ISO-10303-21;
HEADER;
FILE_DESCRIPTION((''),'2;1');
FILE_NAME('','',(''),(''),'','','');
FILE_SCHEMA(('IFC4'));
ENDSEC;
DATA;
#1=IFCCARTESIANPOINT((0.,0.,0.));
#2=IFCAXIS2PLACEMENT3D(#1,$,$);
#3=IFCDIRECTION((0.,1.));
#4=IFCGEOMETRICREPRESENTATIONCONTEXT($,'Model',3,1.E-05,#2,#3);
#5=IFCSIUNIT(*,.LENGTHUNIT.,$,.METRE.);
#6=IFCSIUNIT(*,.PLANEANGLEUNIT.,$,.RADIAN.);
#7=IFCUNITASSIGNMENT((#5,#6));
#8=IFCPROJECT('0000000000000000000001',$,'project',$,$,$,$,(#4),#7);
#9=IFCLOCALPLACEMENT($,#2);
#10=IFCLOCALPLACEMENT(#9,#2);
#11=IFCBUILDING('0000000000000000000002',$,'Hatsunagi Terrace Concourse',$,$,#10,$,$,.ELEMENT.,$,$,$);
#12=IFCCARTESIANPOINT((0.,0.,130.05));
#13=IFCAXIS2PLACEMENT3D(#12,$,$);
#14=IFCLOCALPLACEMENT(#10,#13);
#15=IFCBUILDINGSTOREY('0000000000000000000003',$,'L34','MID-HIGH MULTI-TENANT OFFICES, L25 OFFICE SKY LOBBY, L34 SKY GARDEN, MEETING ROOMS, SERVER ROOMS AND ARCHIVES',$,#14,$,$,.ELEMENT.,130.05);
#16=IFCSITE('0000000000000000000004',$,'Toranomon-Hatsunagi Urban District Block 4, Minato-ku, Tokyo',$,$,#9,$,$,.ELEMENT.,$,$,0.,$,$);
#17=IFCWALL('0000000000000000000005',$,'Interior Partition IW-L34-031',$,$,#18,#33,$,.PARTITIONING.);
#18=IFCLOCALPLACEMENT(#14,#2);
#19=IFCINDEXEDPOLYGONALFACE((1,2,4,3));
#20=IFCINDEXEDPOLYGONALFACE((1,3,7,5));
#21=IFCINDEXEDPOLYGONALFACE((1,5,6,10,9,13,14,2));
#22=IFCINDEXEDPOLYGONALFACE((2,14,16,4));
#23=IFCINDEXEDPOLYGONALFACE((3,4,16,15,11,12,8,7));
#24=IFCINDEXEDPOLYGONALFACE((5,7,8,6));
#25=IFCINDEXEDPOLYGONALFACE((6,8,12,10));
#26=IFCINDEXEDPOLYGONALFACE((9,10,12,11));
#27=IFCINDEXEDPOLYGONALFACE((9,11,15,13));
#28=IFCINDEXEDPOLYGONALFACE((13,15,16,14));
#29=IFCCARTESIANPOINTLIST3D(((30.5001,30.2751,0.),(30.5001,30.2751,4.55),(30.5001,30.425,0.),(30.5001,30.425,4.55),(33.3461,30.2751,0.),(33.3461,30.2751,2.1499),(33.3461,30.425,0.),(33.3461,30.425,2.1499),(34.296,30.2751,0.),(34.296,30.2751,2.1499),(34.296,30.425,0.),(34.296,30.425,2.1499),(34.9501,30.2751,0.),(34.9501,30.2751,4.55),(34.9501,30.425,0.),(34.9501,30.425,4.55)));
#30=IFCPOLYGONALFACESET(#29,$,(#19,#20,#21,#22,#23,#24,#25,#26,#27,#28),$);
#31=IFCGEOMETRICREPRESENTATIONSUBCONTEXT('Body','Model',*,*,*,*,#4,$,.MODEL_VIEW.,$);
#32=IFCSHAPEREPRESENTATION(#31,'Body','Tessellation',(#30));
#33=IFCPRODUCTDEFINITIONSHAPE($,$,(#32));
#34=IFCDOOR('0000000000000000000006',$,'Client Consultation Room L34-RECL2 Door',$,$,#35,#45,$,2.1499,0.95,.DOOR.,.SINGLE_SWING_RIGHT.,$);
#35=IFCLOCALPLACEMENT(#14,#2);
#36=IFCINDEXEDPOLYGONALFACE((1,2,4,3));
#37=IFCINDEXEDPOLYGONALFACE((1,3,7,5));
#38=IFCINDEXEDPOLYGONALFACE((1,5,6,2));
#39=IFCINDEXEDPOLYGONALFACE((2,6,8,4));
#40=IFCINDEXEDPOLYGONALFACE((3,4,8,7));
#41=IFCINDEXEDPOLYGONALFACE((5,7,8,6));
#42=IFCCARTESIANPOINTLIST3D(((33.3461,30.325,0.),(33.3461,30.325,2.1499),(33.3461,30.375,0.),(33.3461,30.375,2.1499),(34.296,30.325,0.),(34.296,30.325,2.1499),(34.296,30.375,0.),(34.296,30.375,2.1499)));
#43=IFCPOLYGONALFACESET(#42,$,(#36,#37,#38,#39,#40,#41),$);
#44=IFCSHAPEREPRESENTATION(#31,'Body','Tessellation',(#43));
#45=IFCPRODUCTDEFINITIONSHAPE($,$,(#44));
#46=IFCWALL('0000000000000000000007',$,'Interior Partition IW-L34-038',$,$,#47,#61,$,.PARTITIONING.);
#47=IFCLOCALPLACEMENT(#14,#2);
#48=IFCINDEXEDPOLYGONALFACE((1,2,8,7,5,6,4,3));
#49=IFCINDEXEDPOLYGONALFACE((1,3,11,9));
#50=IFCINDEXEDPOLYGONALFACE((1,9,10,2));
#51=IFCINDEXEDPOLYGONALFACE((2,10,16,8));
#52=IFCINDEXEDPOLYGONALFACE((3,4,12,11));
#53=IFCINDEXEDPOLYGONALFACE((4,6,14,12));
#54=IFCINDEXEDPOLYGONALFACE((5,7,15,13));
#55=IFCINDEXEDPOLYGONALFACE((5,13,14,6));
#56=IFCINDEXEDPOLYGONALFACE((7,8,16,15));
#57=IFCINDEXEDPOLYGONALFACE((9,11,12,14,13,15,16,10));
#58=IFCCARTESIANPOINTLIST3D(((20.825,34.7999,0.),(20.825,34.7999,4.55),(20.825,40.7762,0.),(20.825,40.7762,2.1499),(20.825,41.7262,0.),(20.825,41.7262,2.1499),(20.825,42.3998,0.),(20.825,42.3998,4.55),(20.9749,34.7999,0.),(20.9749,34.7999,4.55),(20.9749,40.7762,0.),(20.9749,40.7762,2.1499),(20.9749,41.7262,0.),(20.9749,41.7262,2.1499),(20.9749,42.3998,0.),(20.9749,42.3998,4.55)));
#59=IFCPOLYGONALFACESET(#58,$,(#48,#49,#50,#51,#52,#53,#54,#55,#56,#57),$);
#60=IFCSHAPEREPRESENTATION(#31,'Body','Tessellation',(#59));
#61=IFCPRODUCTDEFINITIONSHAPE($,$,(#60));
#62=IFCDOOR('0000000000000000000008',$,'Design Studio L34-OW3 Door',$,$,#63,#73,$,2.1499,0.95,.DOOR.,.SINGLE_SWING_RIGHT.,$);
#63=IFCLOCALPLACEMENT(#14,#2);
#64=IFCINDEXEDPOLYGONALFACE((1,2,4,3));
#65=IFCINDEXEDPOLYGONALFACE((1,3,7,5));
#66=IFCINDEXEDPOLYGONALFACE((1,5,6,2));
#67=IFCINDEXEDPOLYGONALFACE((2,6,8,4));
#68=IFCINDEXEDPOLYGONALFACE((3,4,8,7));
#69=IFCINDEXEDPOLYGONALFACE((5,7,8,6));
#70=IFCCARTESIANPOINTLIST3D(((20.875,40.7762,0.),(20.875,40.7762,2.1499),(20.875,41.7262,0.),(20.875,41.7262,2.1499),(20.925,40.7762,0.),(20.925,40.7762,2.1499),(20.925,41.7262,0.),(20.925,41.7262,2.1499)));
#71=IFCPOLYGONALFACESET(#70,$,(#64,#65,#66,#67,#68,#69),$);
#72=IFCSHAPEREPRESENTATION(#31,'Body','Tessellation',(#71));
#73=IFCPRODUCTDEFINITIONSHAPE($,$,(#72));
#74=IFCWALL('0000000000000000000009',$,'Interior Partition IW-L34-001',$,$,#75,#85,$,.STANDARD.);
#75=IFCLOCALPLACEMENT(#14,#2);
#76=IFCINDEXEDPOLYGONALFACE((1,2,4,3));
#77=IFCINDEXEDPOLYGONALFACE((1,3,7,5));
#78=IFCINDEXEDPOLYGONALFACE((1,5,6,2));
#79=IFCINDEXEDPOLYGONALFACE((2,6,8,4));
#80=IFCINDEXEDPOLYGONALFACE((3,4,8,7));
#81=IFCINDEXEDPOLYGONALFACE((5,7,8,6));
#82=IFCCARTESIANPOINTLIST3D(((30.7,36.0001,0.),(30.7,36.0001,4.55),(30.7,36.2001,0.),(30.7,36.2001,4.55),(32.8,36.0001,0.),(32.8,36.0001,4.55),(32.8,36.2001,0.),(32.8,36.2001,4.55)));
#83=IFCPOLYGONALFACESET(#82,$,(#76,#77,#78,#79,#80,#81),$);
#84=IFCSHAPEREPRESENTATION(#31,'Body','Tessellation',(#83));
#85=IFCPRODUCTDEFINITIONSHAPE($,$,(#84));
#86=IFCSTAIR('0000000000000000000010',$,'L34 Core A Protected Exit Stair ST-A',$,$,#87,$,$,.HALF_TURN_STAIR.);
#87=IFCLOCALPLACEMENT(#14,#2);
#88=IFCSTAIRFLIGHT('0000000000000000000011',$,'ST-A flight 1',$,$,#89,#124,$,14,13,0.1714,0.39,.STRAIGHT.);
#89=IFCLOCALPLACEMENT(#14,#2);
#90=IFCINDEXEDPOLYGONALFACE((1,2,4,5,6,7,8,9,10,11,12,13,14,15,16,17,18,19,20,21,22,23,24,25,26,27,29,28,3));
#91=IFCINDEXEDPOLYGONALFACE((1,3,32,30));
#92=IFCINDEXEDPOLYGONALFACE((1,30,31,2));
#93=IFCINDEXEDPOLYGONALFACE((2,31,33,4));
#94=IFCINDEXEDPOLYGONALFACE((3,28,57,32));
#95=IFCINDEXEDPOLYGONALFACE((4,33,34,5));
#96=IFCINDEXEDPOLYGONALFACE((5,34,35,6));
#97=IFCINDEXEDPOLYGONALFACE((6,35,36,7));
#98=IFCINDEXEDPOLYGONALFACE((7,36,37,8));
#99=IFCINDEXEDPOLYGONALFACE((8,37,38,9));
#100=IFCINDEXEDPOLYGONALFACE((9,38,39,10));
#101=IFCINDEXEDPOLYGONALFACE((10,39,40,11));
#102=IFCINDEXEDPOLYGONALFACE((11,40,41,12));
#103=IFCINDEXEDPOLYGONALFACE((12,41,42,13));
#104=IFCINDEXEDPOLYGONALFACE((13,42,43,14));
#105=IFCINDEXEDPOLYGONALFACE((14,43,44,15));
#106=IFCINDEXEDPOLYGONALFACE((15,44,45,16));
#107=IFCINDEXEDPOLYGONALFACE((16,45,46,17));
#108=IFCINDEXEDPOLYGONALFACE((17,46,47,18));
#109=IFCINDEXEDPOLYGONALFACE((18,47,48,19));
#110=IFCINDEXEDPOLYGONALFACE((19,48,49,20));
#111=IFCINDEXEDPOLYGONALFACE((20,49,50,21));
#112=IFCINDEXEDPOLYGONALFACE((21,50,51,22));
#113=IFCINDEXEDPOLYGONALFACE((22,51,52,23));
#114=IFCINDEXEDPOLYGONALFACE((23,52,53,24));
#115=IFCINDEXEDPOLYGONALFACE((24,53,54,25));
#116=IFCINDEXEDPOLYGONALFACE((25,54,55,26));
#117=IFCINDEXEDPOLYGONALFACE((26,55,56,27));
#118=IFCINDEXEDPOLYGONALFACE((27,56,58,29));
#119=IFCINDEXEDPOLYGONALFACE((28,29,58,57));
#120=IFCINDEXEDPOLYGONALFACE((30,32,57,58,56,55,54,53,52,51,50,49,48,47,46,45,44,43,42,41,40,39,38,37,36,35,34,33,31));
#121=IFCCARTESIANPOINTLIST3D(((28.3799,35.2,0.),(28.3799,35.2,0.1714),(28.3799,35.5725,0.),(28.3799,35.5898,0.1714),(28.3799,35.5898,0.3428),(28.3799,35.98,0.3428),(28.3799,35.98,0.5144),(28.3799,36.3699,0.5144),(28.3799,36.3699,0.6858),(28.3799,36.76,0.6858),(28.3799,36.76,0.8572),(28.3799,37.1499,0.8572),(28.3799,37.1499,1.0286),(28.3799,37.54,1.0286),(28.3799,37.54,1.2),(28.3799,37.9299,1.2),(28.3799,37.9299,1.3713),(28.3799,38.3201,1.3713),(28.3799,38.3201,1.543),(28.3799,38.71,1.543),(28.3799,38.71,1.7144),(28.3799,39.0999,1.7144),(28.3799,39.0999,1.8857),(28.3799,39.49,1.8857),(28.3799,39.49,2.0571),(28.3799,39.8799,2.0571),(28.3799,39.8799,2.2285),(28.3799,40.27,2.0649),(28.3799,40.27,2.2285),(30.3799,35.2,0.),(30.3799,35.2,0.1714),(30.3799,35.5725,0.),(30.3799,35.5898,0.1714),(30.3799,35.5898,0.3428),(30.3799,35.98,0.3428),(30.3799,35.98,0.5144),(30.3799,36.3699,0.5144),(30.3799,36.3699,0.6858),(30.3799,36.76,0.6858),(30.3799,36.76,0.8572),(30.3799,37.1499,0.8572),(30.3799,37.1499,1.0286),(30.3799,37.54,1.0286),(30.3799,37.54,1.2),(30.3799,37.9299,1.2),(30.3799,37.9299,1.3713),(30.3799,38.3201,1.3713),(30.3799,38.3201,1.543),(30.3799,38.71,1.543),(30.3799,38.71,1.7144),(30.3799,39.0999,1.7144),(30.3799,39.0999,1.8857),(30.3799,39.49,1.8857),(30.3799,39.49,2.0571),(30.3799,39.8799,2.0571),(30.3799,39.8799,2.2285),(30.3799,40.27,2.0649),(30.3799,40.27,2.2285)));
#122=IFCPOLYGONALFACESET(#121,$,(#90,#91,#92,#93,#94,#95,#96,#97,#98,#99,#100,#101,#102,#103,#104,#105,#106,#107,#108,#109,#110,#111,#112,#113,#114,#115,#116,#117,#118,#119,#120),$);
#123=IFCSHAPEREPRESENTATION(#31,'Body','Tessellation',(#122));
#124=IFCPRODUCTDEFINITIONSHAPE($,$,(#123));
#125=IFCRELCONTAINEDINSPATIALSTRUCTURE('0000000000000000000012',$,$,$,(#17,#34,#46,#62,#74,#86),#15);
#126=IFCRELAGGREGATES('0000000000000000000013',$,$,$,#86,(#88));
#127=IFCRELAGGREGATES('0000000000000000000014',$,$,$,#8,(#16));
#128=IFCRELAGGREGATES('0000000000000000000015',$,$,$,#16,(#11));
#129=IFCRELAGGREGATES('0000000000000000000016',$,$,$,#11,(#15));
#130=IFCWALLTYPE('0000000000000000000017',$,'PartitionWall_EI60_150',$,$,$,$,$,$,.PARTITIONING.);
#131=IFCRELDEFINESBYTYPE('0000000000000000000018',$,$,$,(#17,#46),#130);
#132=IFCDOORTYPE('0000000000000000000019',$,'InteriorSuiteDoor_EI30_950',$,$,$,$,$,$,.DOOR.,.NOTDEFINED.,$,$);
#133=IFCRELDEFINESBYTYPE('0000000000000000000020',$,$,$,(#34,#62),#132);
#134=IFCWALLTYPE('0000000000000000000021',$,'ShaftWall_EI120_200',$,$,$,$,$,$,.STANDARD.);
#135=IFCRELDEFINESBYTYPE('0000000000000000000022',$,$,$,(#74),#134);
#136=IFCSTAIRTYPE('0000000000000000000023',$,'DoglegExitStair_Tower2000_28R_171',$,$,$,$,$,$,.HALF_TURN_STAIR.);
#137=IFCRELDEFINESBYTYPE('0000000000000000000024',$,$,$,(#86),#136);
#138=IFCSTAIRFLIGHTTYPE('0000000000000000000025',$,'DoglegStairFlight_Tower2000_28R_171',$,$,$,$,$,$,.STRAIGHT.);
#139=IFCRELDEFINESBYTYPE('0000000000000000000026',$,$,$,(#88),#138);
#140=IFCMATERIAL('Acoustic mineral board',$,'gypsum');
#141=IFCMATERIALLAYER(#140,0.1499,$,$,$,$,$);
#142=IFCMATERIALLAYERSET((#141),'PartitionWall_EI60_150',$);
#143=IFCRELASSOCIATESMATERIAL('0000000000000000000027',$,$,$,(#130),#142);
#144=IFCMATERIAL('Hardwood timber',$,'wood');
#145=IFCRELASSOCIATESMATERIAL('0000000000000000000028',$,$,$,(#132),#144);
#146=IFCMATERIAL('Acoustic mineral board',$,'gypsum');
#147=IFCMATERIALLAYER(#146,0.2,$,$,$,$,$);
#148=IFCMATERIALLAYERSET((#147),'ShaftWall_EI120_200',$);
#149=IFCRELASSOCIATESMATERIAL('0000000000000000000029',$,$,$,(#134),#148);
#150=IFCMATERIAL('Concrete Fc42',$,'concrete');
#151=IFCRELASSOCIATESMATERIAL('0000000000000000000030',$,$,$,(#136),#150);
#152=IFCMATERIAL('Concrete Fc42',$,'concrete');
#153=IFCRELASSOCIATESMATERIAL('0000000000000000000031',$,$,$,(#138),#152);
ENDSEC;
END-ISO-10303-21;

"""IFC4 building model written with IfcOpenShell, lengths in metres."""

from ifc_helpers import new_model, si_unit, direction, frame, frame_2d, origin, place, context, subcontext, project, spatial, polyline, rectangle, outline, extrude, material, layer, layer_set, type_object, element, fill, aggregate, save


model = new_model("IFC4")

# Units and contexts
model_context = context("Model", 3, precision=1e-05, world=origin(), true_north=direction((0.0, 1.0)))
body_context = subcontext(model_context, "Body", "Model", "MODEL_VIEW")
ifc_project = project(units=[si_unit("LENGTHUNIT", "METRE"), si_unit("PLANEANGLEUNIT", "RADIAN")], contexts=[model_context])

# Site, building, storey
site_placement = place(None, origin())
site = spatial("IfcSite", under=ifc_project, at=site_placement, Name="Toranomon-Hatsunagi Urban District Block 4, Minato-ku, Tokyo", CompositionType="ELEMENT", RefElevation=0.0)
building_placement = place(site_placement, origin())
building = spatial("IfcBuilding", under=site, at=building_placement, Name="Hatsunagi Terrace Concourse", CompositionType="ELEMENT")
storey_placement = place(building_placement, frame((0.0, 0.0, 130.05)))
storey = spatial("IfcBuildingStorey", under=building, at=storey_placement, Name="L34", Description="MID-HIGH MULTI-TENANT OFFICES, L25 OFFICE SKY LOBBY, L34 SKY GARDEN, MEETING ROOMS, SERVER ROOMS AND ARCHIVES", CompositionType="ELEMENT", Elevation=130.05)

# Shared definitions
ifc_material_1 = material(Name="Acoustic mineral board", Category="gypsum")
ifc_layer_1 = layer(ifc_material_1, 0.1499)
ifc_layer_set_1 = layer_set([ifc_layer_1], Name="PartitionWall_EI60_150")
wall_type_1 = type_object("IfcWallType", Name="PartitionWall_EI60_150", PredefinedType="PARTITIONING", material=ifc_layer_set_1)

# Walls, openings, doors
ifc_material_2 = material(Name="Hardwood timber", Category="wood")
door_type_1 = type_object("IfcDoorType", Name="InteriorSuiteDoor_EI30_950", OperationType="NOTDEFINED", PredefinedType="DOOR", material=ifc_material_2)
wall_1_placement = place(storey_placement, frame((30.5, 30.3501, 0.0), z_axis=(0.0, 0.0, 1.0), x_axis=(1.0, 0.0, 0.0)))
wall_1 = element("IfcWall", 1, at=wall_1_placement, inside=storey, type_object=wall_type_1, Name="Interior Partition IW-L34-031", PredefinedType="PARTITIONING", context=body_context, shape_type="SweptSolid", body=[
    extrude(rectangle(XDim=4.45, YDim=0.1499, at=frame_2d((2.2251, 0.0))), origin(), (0.0, 0.0, 1.0), 4.55),
])
opening_1_placement = place(wall_1_placement, frame((2.8459, 0.0, 0.0)))
opening_1 = element("IfcOpeningElement", 2, at=opening_1_placement, cuts=wall_1, PredefinedType="OPENING", context=body_context, shape_type="SweptSolid", body=[
    extrude(rectangle(XDim=0.95, YDim=2.1499, at=frame_2d((0.4751, 1.075))), frame((0.0, 0.085, 0.0), z_axis=(0.0, -1.0, 0.0), x_axis=(1.0, 0.0, 0.0)), (0.0, 0.0, 1.0), 0.1699),
])
door_1_placement = place(opening_1_placement, origin())
door_1 = element("IfcDoor", 3, at=door_1_placement, inside=storey, type_object=door_type_1, Name="Client Consultation Room L34-RECL2 Door", OperationType="SINGLE_SWING_RIGHT", OverallHeight=2.1499, OverallWidth=0.95, PredefinedType="DOOR", context=body_context, shape_type="SweptSolid", body=[
    extrude(rectangle(XDim=0.95, YDim=2.1499, at=frame_2d((0.4751, 1.075))), frame((0.0, 0.0249, 0.0), z_axis=(0.0, -1.0, 0.0), x_axis=(1.0, 0.0, 0.0)), (0.0, 0.0, 1.0), 0.05),
])
fill(opening_1, door_1)
wall_2_placement = place(storey_placement, frame((20.8999, 34.8, 0.0), z_axis=(0.0, 0.0, 1.0), x_axis=(0.0, 1.0, 0.0)))
wall_2 = element("IfcWall", 4, at=wall_2_placement, inside=storey, type_object=wall_type_1, Name="Interior Partition IW-L34-038", PredefinedType="PARTITIONING", context=body_context, shape_type="SweptSolid", body=[
    extrude(rectangle(XDim=7.5999, YDim=0.1499, at=frame_2d((3.7998, 0.0))), origin(), (0.0, 0.0, 1.0), 4.55),
])
opening_2_placement = place(wall_2_placement, frame((5.9761, 0.0, 0.0)))
opening_2 = element("IfcOpeningElement", 5, at=opening_2_placement, cuts=wall_2, PredefinedType="OPENING", context=body_context, shape_type="SweptSolid", body=[
    extrude(rectangle(XDim=0.95, YDim=2.1499, at=frame_2d((0.4751, 1.075))), frame((0.0, 0.085, 0.0), z_axis=(0.0, -1.0, 0.0), x_axis=(1.0, 0.0, 0.0)), (0.0, 0.0, 1.0), 0.1699),
])
door_2_placement = place(opening_2_placement, origin())
door_2 = element("IfcDoor", 6, at=door_2_placement, inside=storey, type_object=door_type_1, Name="Design Studio L34-OW3 Door", OperationType="SINGLE_SWING_RIGHT", OverallHeight=2.1499, OverallWidth=0.95, PredefinedType="DOOR", context=body_context, shape_type="SweptSolid", body=[
    extrude(rectangle(XDim=0.95, YDim=2.1499, at=frame_2d((0.4751, 1.075))), frame((0.0, 0.0249, 0.0), z_axis=(0.0, -1.0, 0.0), x_axis=(1.0, 0.0, 0.0)), (0.0, 0.0, 1.0), 0.05),
])
fill(opening_2, door_2)

# Wall
ifc_material_3 = material(Name="Acoustic mineral board", Category="gypsum")
ifc_layer_2 = layer(ifc_material_3, 0.2)
ifc_layer_set_2 = layer_set([ifc_layer_2], Name="ShaftWall_EI120_200")
wall_type_2 = type_object("IfcWallType", Name="ShaftWall_EI120_200", PredefinedType="STANDARD", material=ifc_layer_set_2)
wall_3_placement = place(storey_placement, frame((30.7, 36.1001, 0.0), z_axis=(0.0, 0.0, 1.0), x_axis=(1.0, 0.0, 0.0)))
element("IfcWall", 7, at=wall_3_placement, inside=storey, type_object=wall_type_2, Name="Interior Partition IW-L34-001", PredefinedType="STANDARD", context=body_context, shape_type="SweptSolid", body=[
    extrude(rectangle(XDim=2.1001, YDim=0.2, at=frame_2d((1.05, 0.0))), origin(), (0.0, 0.0, 1.0), 4.55),
])

# Stair, stair flight
ifc_material_4 = material(Name="Concrete Fc42", Category="concrete")
stair_type = type_object("IfcStairType", Name="DoglegExitStair_Tower2000_28R_171", PredefinedType="HALF_TURN_STAIR", material=ifc_material_4)
stair_placement = place(storey_placement, origin())
stair = element("IfcStair", 8, at=stair_placement, inside=storey, type_object=stair_type, Name="L34 Core A Protected Exit Stair ST-A", PredefinedType="HALF_TURN_STAIR")
ifc_material_5 = material(Name="Concrete Fc42", Category="concrete")
stair_flight_type = type_object("IfcStairFlightType", Name="DoglegStairFlight_Tower2000_28R_171", PredefinedType="STRAIGHT", material=ifc_material_5)
stair_flight_placement = place(storey_placement, frame((29.3799, 35.2, 0.0), z_axis=(0.0, 0.0, 1.0), x_axis=(0.0, 1.0, 0.0)))
stair_flight = element("IfcStairFlight", 9, at=stair_flight_placement, type_object=stair_flight_type, Name="ST-A flight 1", NumberOfRisers=14, NumberOfTreads=13, PredefinedType="STRAIGHT", RiserHeight=0.1714, TreadLength=0.39, context=body_context, shape_type="SweptSolid", body=[
    extrude(outline(polyline([(0.0, 0.0), (0.0, 0.1714), (0.3899, 0.1714), (0.3899, 0.3428), (0.78, 0.3428), (0.78, 0.5144), (1.1699, 0.5144), (1.1699, 0.6858), (1.5601, 0.6858), (1.5601, 0.8572), (1.95, 0.8572), (1.95, 1.0286), (2.3401, 1.0286), (2.3401, 1.2), (2.73, 1.2), (2.73, 1.3713), (3.1201, 1.3713), (3.1201, 1.543), (3.51, 1.543), (3.51, 1.7144), (3.8999, 1.7144), (3.8999, 1.8857), (4.29, 1.8857), (4.29, 2.0571), (4.6799, 2.0571), (4.6799, 2.2285), (5.0701, 2.2285), (5.0701, 2.3999), (5.0701, 2.0649), (0.3726, 0.0), (0.0, 0.0)])), frame((0.0, 1.0, 0.0), z_axis=(0.0, -1.0, 0.0), x_axis=(1.0, 0.0, 0.0)), (0.0, 0.0, 1.0), 2.0),
])
aggregate(stair, [stair_flight])

save(model, "model.ifc")
